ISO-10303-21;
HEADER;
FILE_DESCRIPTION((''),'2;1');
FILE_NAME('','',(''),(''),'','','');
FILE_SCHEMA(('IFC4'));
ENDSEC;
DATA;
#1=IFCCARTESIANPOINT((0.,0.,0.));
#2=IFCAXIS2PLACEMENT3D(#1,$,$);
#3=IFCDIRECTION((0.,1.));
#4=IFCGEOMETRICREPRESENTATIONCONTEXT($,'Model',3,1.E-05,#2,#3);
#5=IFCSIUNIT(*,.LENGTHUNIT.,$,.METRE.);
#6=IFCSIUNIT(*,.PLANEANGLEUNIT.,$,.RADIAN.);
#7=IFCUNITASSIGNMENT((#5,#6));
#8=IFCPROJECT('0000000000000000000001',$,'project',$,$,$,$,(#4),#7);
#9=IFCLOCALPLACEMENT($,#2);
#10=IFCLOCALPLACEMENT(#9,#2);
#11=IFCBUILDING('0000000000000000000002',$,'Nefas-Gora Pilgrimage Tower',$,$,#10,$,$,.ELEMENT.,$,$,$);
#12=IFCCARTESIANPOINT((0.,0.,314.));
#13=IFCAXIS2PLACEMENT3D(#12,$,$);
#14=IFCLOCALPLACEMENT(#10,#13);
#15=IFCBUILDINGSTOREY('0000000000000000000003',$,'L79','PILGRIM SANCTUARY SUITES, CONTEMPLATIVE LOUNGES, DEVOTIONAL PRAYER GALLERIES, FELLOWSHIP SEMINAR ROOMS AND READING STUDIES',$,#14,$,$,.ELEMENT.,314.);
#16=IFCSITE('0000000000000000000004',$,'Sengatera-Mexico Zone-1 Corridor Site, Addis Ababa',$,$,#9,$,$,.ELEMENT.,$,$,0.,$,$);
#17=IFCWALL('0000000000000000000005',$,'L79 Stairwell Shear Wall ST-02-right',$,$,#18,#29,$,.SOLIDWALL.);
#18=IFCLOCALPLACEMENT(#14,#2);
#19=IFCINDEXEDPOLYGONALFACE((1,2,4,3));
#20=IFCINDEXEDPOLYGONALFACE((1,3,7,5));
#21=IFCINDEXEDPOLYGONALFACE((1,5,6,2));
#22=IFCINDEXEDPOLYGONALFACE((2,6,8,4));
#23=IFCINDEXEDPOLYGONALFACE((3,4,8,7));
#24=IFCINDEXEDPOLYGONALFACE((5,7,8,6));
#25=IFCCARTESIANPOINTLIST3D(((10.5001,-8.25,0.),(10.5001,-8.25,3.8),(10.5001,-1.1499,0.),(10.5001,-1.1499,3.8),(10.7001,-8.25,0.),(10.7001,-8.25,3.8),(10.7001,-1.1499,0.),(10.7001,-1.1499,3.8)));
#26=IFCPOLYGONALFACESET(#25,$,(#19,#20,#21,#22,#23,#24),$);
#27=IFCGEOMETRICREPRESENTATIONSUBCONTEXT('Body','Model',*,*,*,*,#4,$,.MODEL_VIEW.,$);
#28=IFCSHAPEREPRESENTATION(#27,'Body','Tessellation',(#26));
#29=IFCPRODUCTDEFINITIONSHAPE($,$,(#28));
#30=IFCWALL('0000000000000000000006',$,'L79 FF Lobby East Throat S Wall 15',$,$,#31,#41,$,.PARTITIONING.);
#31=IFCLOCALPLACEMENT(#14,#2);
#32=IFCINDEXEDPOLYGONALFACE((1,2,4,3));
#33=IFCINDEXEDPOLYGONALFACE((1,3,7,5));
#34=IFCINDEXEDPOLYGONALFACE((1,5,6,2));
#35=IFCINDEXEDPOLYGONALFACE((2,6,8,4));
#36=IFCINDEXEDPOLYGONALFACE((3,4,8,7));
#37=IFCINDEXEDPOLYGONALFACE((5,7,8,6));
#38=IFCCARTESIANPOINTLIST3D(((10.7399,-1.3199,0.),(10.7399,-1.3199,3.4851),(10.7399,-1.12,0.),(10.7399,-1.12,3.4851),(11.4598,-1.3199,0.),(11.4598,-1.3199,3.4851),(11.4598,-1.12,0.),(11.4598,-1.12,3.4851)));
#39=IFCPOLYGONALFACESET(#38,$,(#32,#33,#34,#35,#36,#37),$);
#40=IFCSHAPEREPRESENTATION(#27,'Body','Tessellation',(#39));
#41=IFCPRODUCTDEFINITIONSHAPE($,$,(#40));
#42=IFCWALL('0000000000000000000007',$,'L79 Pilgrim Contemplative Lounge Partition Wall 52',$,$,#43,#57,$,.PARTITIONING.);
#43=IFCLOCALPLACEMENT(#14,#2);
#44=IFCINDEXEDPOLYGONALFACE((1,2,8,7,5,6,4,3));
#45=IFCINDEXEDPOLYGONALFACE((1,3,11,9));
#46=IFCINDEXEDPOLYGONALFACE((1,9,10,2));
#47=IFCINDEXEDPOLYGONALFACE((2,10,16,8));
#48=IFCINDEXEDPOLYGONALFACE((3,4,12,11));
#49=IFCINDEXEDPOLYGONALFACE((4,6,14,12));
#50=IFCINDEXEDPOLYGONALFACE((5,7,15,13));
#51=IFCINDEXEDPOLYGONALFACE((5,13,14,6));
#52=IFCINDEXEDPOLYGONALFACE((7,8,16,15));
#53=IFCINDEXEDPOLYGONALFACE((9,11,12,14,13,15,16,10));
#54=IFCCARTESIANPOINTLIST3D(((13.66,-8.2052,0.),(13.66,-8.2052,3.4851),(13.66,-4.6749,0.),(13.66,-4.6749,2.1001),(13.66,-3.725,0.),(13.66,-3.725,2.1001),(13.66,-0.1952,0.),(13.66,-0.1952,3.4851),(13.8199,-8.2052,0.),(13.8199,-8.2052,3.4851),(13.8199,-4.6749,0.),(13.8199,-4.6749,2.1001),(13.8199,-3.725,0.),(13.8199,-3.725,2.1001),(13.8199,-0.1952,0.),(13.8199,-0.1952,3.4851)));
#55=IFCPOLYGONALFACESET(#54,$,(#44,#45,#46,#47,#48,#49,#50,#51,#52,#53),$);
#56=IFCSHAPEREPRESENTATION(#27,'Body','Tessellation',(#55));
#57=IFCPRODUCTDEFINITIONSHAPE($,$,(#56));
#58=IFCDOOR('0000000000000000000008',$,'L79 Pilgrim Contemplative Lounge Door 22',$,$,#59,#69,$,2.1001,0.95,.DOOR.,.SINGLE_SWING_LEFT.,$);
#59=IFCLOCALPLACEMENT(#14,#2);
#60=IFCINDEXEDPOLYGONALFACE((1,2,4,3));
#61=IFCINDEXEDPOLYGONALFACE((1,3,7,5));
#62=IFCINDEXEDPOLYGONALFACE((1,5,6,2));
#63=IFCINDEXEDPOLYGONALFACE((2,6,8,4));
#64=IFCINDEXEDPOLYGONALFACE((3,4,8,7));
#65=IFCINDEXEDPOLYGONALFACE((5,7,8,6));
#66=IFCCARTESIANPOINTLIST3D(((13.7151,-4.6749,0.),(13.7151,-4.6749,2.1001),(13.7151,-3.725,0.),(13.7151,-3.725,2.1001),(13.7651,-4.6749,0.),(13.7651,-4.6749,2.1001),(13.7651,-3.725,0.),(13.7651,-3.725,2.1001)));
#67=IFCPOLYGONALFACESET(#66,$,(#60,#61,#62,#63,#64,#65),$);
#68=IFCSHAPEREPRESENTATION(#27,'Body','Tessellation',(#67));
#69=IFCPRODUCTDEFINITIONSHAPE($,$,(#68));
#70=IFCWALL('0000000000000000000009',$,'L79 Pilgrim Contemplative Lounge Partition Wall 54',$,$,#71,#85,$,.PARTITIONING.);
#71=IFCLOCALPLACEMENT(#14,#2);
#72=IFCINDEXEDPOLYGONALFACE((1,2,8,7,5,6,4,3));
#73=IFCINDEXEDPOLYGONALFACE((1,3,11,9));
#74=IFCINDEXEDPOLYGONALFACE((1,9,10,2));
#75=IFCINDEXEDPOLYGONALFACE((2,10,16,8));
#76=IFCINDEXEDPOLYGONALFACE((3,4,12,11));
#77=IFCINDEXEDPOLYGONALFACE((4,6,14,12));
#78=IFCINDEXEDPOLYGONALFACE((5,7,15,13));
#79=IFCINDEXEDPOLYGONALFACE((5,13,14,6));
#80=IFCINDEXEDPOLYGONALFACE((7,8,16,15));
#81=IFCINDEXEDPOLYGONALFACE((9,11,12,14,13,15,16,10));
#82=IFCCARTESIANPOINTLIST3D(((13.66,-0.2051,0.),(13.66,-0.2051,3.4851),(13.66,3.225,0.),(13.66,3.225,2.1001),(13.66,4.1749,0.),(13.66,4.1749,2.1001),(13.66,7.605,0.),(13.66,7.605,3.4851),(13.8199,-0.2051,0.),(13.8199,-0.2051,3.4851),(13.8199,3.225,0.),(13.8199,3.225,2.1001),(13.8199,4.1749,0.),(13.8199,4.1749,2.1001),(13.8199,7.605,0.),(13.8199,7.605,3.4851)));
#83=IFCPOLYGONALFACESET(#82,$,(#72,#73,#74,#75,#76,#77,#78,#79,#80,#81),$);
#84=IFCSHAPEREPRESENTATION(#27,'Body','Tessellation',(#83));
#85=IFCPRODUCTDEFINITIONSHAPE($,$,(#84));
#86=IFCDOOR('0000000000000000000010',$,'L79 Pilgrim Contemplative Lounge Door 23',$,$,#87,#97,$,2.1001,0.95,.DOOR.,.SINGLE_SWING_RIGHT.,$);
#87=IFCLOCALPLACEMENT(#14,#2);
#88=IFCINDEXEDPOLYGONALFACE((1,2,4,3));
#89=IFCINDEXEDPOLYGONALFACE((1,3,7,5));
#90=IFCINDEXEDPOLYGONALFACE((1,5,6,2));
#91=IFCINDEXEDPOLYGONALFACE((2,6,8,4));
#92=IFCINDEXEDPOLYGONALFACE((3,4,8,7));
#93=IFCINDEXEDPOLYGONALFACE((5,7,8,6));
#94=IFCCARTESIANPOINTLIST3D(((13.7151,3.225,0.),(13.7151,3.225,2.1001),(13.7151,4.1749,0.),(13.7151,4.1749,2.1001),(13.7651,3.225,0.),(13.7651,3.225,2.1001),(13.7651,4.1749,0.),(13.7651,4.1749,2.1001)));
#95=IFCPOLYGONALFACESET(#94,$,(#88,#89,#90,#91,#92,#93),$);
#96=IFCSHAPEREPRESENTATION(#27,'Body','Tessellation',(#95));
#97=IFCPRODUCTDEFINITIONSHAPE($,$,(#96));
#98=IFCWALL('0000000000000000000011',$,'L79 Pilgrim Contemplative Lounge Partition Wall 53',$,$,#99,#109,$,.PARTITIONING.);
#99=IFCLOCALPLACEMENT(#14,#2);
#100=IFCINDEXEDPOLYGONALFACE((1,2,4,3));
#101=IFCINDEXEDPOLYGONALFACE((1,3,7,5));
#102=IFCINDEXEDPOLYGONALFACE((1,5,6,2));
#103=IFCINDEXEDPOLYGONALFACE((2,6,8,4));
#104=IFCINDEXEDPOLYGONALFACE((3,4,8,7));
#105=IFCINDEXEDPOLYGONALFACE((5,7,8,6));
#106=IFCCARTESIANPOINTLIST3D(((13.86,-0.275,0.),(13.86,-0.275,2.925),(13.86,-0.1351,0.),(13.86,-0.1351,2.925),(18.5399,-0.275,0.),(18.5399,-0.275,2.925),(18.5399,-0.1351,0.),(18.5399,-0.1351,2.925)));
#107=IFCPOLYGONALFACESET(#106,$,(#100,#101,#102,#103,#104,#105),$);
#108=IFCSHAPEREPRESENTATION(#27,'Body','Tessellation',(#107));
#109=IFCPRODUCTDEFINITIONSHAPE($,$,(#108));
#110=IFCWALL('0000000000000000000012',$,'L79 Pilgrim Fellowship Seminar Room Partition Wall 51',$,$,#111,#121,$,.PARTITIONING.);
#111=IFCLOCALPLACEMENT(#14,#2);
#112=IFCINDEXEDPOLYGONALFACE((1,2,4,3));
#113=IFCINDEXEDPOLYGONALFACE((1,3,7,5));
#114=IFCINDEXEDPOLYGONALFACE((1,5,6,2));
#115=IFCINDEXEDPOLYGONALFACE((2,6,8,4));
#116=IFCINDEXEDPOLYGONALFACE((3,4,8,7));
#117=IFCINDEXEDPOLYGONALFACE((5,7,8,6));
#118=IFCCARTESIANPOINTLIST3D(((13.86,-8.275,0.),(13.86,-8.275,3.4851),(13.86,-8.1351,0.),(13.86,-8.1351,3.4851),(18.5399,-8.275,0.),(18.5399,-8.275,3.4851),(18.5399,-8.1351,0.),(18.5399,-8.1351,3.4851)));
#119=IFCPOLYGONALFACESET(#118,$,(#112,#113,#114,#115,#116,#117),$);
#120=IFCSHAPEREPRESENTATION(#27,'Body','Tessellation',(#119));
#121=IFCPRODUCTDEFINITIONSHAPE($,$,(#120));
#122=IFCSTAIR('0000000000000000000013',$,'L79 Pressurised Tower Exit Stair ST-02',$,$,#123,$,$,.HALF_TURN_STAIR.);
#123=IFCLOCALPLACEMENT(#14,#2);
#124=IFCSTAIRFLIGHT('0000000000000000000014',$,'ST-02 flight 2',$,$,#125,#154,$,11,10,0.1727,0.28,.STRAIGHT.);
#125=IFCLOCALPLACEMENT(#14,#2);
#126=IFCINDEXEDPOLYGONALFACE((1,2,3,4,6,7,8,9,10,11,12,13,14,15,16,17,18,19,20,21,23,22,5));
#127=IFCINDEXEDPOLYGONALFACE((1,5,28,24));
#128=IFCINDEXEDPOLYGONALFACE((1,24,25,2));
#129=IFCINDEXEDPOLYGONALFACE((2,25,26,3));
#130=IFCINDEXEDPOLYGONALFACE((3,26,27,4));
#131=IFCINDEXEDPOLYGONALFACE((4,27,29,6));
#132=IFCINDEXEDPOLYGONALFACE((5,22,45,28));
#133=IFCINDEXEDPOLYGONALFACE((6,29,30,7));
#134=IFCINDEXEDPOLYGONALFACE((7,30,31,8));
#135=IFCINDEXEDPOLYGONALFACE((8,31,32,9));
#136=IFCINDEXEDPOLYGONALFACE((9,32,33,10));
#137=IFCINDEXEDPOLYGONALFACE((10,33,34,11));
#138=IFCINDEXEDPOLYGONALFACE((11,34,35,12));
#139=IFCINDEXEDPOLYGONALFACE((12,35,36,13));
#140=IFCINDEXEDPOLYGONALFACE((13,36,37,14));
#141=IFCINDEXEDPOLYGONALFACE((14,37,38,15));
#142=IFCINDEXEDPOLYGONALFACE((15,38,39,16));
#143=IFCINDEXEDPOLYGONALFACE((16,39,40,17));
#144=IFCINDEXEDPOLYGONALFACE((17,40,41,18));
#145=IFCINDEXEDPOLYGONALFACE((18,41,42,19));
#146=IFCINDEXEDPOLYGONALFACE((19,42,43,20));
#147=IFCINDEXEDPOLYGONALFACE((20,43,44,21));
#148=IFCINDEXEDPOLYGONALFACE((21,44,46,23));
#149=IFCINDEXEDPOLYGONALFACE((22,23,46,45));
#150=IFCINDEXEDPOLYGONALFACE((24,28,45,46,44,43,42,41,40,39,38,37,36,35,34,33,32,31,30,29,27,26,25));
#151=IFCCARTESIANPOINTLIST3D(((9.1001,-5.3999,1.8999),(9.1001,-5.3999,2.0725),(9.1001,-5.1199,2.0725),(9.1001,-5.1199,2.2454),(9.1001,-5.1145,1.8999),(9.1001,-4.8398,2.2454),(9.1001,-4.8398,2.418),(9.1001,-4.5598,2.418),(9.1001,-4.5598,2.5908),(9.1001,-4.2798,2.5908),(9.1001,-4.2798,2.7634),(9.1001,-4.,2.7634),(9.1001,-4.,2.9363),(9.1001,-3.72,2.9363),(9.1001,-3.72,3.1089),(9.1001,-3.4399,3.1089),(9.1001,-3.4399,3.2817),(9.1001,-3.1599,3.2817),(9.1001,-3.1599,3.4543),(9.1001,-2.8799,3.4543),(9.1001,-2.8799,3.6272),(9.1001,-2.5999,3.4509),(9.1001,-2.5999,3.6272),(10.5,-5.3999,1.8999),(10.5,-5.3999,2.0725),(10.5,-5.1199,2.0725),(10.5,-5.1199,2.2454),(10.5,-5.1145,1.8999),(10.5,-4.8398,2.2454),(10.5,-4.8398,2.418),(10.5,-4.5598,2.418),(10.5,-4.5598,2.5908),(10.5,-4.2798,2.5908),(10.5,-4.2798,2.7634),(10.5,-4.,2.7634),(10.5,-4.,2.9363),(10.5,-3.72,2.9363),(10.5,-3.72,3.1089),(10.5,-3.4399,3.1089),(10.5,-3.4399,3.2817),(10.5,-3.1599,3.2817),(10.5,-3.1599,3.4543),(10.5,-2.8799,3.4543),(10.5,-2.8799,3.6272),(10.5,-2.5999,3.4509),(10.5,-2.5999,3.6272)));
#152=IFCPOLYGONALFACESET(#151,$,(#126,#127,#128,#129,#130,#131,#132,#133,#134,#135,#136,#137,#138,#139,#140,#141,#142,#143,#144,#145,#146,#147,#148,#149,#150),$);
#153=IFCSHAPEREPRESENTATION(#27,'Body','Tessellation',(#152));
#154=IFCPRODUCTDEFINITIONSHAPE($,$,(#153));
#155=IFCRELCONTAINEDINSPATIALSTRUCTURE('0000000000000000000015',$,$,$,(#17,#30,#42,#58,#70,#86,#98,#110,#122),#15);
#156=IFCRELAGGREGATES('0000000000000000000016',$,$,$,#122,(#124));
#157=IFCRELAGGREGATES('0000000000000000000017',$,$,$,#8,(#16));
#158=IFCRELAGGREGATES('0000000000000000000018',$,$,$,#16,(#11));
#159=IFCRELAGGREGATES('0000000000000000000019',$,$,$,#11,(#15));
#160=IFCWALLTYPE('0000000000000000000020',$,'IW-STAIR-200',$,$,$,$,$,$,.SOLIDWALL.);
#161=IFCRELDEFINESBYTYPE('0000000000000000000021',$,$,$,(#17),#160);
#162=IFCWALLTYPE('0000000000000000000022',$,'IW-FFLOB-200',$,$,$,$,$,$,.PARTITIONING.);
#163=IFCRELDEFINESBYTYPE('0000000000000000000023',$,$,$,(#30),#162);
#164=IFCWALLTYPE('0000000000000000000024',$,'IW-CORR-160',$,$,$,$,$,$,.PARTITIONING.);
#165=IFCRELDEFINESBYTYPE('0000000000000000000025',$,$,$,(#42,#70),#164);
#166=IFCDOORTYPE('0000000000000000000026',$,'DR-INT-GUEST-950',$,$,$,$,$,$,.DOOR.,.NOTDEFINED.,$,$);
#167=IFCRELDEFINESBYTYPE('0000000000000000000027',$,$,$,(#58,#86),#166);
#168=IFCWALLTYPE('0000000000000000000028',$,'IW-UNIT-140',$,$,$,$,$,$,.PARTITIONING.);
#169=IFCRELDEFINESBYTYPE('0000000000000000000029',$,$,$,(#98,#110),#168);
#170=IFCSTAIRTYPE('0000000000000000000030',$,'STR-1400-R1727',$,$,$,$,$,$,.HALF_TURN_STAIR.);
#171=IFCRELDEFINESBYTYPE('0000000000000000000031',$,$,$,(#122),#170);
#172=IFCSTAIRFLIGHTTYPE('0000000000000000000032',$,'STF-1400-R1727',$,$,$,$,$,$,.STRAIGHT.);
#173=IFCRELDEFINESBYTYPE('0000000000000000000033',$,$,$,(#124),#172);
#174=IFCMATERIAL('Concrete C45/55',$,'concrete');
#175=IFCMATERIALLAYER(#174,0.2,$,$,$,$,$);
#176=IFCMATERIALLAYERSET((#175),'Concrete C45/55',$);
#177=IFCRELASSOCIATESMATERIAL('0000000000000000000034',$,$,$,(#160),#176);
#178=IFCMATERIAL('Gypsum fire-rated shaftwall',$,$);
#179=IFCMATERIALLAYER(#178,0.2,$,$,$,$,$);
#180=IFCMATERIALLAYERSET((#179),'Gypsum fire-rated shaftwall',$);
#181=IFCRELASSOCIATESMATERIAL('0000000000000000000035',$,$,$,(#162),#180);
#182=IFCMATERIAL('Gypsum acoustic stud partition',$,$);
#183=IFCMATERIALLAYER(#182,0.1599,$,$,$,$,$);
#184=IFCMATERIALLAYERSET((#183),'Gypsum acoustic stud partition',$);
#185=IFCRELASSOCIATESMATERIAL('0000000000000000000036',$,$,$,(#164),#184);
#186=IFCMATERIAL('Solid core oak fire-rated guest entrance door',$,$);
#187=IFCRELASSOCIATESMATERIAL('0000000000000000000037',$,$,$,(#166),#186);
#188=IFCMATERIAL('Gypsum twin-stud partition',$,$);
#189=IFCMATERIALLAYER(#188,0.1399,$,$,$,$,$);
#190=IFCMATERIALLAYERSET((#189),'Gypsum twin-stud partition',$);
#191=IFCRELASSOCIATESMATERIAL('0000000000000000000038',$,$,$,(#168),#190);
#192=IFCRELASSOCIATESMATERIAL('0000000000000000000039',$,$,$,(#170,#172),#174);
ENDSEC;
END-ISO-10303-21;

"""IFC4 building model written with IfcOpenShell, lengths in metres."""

from ifc_helpers import new_model, si_unit, direction, frame, frame_2d, origin, place, context, subcontext, project, spatial, polyline, rectangle, outline, extrude, source, transform, mapped, material, layer, layer_set, type_object, element, fill, aggregate, save


model = new_model("IFC4")

# Units and contexts
model_context = context("Model", 3, precision=1e-05, world=origin(), true_north=direction((0.0, 1.0)))
body_context = subcontext(model_context, "Body", "Model", "MODEL_VIEW")
ifc_project = project(units=[si_unit("LENGTHUNIT", "METRE"), si_unit("PLANEANGLEUNIT", "RADIAN")], contexts=[model_context])

# Site, building, storey
site_placement = place(None, origin())
site = spatial("IfcSite", under=ifc_project, at=site_placement, Name="Sengatera-Mexico Zone-1 Corridor Site, Addis Ababa", CompositionType="ELEMENT", RefElevation=0.0)
building_placement = place(site_placement, origin())
building = spatial("IfcBuilding", under=site, at=building_placement, Name="Nefas-Gora Pilgrimage Tower", CompositionType="ELEMENT")
storey_placement = place(building_placement, frame((0.0, 0.0, 314.0)))
storey = spatial("IfcBuildingStorey", under=building, at=storey_placement, Name="L79", Description="PILGRIM SANCTUARY SUITES, CONTEMPLATIVE LOUNGES, DEVOTIONAL PRAYER GALLERIES, FELLOWSHIP SEMINAR ROOMS AND READING STUDIES", CompositionType="ELEMENT", Elevation=314.0)

# Walls
ifc_material_1 = material(Name="Concrete C45/55", Category="concrete")
ifc_layer_1 = layer(ifc_material_1, 0.2)
ifc_layer_set_1 = layer_set([ifc_layer_1], Name="Concrete C45/55")
wall_type_1 = type_object("IfcWallType", Name="IW-STAIR-200", PredefinedType="SOLIDWALL", material=ifc_layer_set_1)
shared_shape_1 = source(origin(), body_context, "Body", "SweptSolid", [
    extrude(rectangle(XDim=7.1001, YDim=0.2, at=frame_2d((3.55, 0.0))), origin(), (0.0, 0.0, 1.0), 3.8),
])
wall_1_placement = place(storey_placement, frame((10.6001, -1.1499, 0.0), z_axis=(0.0, 0.0, 1.0), x_axis=(0.0, -1.0, 0.0)))
element("IfcWall", 1, at=wall_1_placement, inside=storey, type_object=wall_type_1, Name="L79 Stairwell Shear Wall ST-02-right", PredefinedType="SOLIDWALL", context=body_context, shape_type="MappedRepresentation", body=[
    mapped(shared_shape_1, transform((0.0, 0.0, 0.0), x_axis=(1.0, 0.0, 0.0), y_axis=(0.0, 1.0, 0.0), z_axis=(0.0, 0.0, 1.0), scale=1.0)),
])
ifc_material_2 = material(Name="Gypsum fire-rated shaftwall")
ifc_layer_2 = layer(ifc_material_2, 0.2)
ifc_layer_set_2 = layer_set([ifc_layer_2], Name="Gypsum fire-rated shaftwall")
wall_type_2 = type_object("IfcWallType", Name="IW-FFLOB-200", PredefinedType="PARTITIONING", material=ifc_layer_set_2)
shared_shape_2 = source(origin(), body_context, "Body", "SweptSolid", [
    extrude(rectangle(XDim=0.72, YDim=0.2, at=frame_2d((0.3599, 0.0))), origin(), (0.0, 0.0, 1.0), 3.4851),
])
wall_2_placement = place(storey_placement, frame((10.74, -1.22, 0.0), z_axis=(0.0, 0.0, 1.0), x_axis=(1.0, 0.0, 0.0)))
element("IfcWall", 2, at=wall_2_placement, inside=storey, type_object=wall_type_2, Name="L79 FF Lobby East Throat S Wall 15", PredefinedType="PARTITIONING", context=body_context, shape_type="MappedRepresentation", body=[
    mapped(shared_shape_2, transform((0.0, 0.0, 0.0), x_axis=(1.0, 0.0, 0.0), y_axis=(0.0, 1.0, 0.0), z_axis=(0.0, 0.0, 1.0), scale=1.0)),
])

# Walls, openings, doors
ifc_material_3 = material(Name="Gypsum acoustic stud partition")
ifc_layer_3 = layer(ifc_material_3, 0.1599)
ifc_layer_set_3 = layer_set([ifc_layer_3], Name="Gypsum acoustic stud partition")
wall_type_3 = type_object("IfcWallType", Name="IW-CORR-160", PredefinedType="PARTITIONING", material=ifc_layer_set_3)
shared_shape_3 = source(origin(), body_context, "Body", "SweptSolid", [
    extrude(rectangle(XDim=8.01, YDim=0.1599, at=frame_2d((4.0049, 0.0))), origin(), (0.0, 0.0, 1.0), 3.4851),
])
wall_3_placement = place(storey_placement, frame((13.74, -8.2051, 0.0), z_axis=(0.0, 0.0, 1.0), x_axis=(0.0, 1.0, 0.0)))
wall_3 = element("IfcWall", 3, at=wall_3_placement, inside=storey, type_object=wall_type_3, Name="L79 Pilgrim Contemplative Lounge Partition Wall 52", PredefinedType="PARTITIONING", context=body_context, shape_type="MappedRepresentation", body=[
    mapped(shared_shape_3, transform((0.0, 0.0, 0.0), x_axis=(1.0, 0.0, 0.0), y_axis=(0.0, 1.0, 0.0), z_axis=(0.0, 0.0, 1.0), scale=1.0)),
])
opening_1_placement = place(wall_3_placement, frame((3.53, 0.0, 0.0)))
opening_1 = element("IfcOpeningElement", 4, at=opening_1_placement, cuts=wall_3, PredefinedType="OPENING", context=body_context, shape_type="SweptSolid", body=[
    extrude(rectangle(XDim=0.95, YDim=2.1001, at=frame_2d((0.4751, 1.05))), frame((0.0, 0.0898, 0.0), z_axis=(0.0, -1.0, 0.0), x_axis=(1.0, 0.0, 0.0)), (0.0, 0.0, 1.0), 0.1799),
])
ifc_material_4 = material(Name="Solid core oak fire-rated guest entrance door")
door_type_1 = type_object("IfcDoorType", Name="DR-INT-GUEST-950", OperationType="NOTDEFINED", PredefinedType="DOOR", material=ifc_material_4)
shared_shape_4 = source(origin(), body_context, "Body", "SweptSolid", [
    extrude(rectangle(XDim=0.95, YDim=2.1001, at=frame_2d((0.4751, 1.05))), frame((0.0, 0.0249, 0.0), z_axis=(0.0, -1.0, 0.0), x_axis=(1.0, 0.0, 0.0)), (0.0, 0.0, 1.0), 0.05),
])
door_1_placement = place(opening_1_placement, origin())
door_1 = element("IfcDoor", 5, at=door_1_placement, inside=storey, type_object=door_type_1, Name="L79 Pilgrim Contemplative Lounge Door 22", OperationType="SINGLE_SWING_LEFT", OverallHeight=2.1001, OverallWidth=0.95, PredefinedType="DOOR", context=body_context, shape_type="MappedRepresentation", body=[
    mapped(shared_shape_4, transform((0.0, 0.0, 0.0), x_axis=(1.0, 0.0, 0.0), y_axis=(0.0, 1.0, 0.0), z_axis=(0.0, 0.0, 1.0), scale=1.0)),
])
fill(opening_1, door_1)
shared_shape_5 = source(origin(), body_context, "Body", "SweptSolid", [
    extrude(rectangle(XDim=7.8101, YDim=0.1599, at=frame_2d((3.905, 0.0))), origin(), (0.0, 0.0, 1.0), 3.4851),
])
wall_4_placement = place(storey_placement, frame((13.74, -0.2051, 0.0), z_axis=(0.0, 0.0, 1.0), x_axis=(0.0, 1.0, 0.0)))
wall_4 = element("IfcWall", 6, at=wall_4_placement, inside=storey, type_object=wall_type_3, Name="L79 Pilgrim Contemplative Lounge Partition Wall 54", PredefinedType="PARTITIONING", context=body_context, shape_type="MappedRepresentation", body=[
    mapped(shared_shape_5, transform((0.0, 0.0, 0.0), x_axis=(1.0, 0.0, 0.0), y_axis=(0.0, 1.0, 0.0), z_axis=(0.0, 0.0, 1.0), scale=1.0)),
])
opening_2_placement = place(wall_4_placement, frame((3.4299, 0.0, 0.0)))
opening_2 = element("IfcOpeningElement", 7, at=opening_2_placement, cuts=wall_4, PredefinedType="OPENING", context=body_context, shape_type="SweptSolid", body=[
    extrude(rectangle(XDim=0.95, YDim=2.1001, at=frame_2d((0.4751, 1.05))), frame((0.0, 0.0898, 0.0), z_axis=(0.0, -1.0, 0.0), x_axis=(1.0, 0.0, 0.0)), (0.0, 0.0, 1.0), 0.1799),
])
door_2_placement = place(opening_2_placement, origin())
door_2 = element("IfcDoor", 8, at=door_2_placement, inside=storey, type_object=door_type_1, Name="L79 Pilgrim Contemplative Lounge Door 23", OperationType="SINGLE_SWING_RIGHT", OverallHeight=2.1001, OverallWidth=0.95, PredefinedType="DOOR", context=body_context, shape_type="MappedRepresentation", body=[
    mapped(shared_shape_4, transform((0.0, 0.0, 0.0), x_axis=(1.0, 0.0, 0.0), y_axis=(0.0, 1.0, 0.0), z_axis=(0.0, 0.0, 1.0), scale=1.0)),
])
fill(opening_2, door_2)

# Walls
ifc_material_5 = material(Name="Gypsum twin-stud partition")
ifc_layer_4 = layer(ifc_material_5, 0.1399)
ifc_layer_set_4 = layer_set([ifc_layer_4], Name="Gypsum twin-stud partition")
wall_type_4 = type_object("IfcWallType", Name="IW-UNIT-140", PredefinedType="PARTITIONING", material=ifc_layer_set_4)
shared_shape_6 = source(origin(), body_context, "Body", "SweptSolid", [
    extrude(rectangle(XDim=4.6799, YDim=0.1399, at=frame_2d((2.3398, 0.0))), origin(), (0.0, 0.0, 1.0), 2.925),
])
wall_5_placement = place(storey_placement, frame((13.8601, -0.2051, 0.0), z_axis=(0.0, 0.0, 1.0), x_axis=(1.0, 0.0, 0.0)))
element("IfcWall", 9, at=wall_5_placement, inside=storey, type_object=wall_type_4, Name="L79 Pilgrim Contemplative Lounge Partition Wall 53", PredefinedType="PARTITIONING", context=body_context, shape_type="MappedRepresentation", body=[
    mapped(shared_shape_6, transform((0.0, 0.0, 0.0), x_axis=(1.0, 0.0, 0.0), y_axis=(0.0, 1.0, 0.0), z_axis=(0.0, 0.0, 1.0), scale=1.0)),
])
shared_shape_7 = source(origin(), body_context, "Body", "SweptSolid", [
    extrude(rectangle(XDim=4.6799, YDim=0.1399, at=frame_2d((2.3398, 0.0))), origin(), (0.0, 0.0, 1.0), 3.4851),
])
wall_6_placement = place(storey_placement, frame((13.8601, -8.2051, 0.0), z_axis=(0.0, 0.0, 1.0), x_axis=(1.0, 0.0, 0.0)))
element("IfcWall", 10, at=wall_6_placement, inside=storey, type_object=wall_type_4, Name="L79 Pilgrim Fellowship Seminar Room Partition Wall 51", PredefinedType="PARTITIONING", context=body_context, shape_type="MappedRepresentation", body=[
    mapped(shared_shape_7, transform((0.0, 0.0, 0.0), x_axis=(1.0, 0.0, 0.0), y_axis=(0.0, 1.0, 0.0), z_axis=(0.0, 0.0, 1.0), scale=1.0)),
])

# Stair, stair flight
stair_type = type_object("IfcStairType", Name="STR-1400-R1727", PredefinedType="HALF_TURN_STAIR", material=ifc_material_1)
stair_placement = place(storey_placement, origin())
stair = element("IfcStair", 11, at=stair_placement, inside=storey, type_object=stair_type, Name="L79 Pressurised Tower Exit Stair ST-02", PredefinedType="HALF_TURN_STAIR")
stair_flight_type = type_object("IfcStairFlightType", Name="STF-1400-R1727", PredefinedType="STRAIGHT", material=ifc_material_1)
shared_shape_8 = source(origin(), body_context, "Body", "SweptSolid", [
    extrude(outline(polyline([(0.0, 0.0), (0.0, 0.1726), (0.28, 0.1726), (0.28, 0.3455), (0.5601, 0.3455), (0.5601, 0.5181), (0.8401, 0.5181), (0.8401, 0.6909), (1.1201, 0.6909), (1.1201, 0.8635), (1.3999, 0.8635), (1.3999, 1.0364), (1.6799, 1.0364), (1.6799, 1.209), (1.96, 1.209), (1.96, 1.3818), (2.24, 1.3818), (2.24, 1.5544), (2.52, 1.5544), (2.52, 1.7273), (2.8, 1.7273), (2.8, 1.8999), (2.8, 1.551), (0.2854, 0.0), (0.0, 0.0)])), frame((0.0, 0.7, 0.0), z_axis=(0.0, -1.0, 0.0), x_axis=(1.0, 0.0, 0.0)), (0.0, 0.0, 1.0), 1.3999),
])
stair_flight_placement = place(storey_placement, frame((9.8, -5.3999, 1.8999), z_axis=(0.0, 0.0, 1.0), x_axis=(0.0, 1.0, 0.0)))
stair_flight = element("IfcStairFlight", 12, at=stair_flight_placement, type_object=stair_flight_type, Name="ST-02 flight 2", NumberOfRisers=11, NumberOfTreads=10, PredefinedType="STRAIGHT", RiserHeight=0.1727, TreadLength=0.28, context=body_context, shape_type="MappedRepresentation", body=[
    mapped(shared_shape_8, transform((0.0, 0.0, 0.0), x_axis=(1.0, 0.0, 0.0), y_axis=(0.0, 1.0, 0.0), z_axis=(0.0, 0.0, 1.0), scale=1.0)),
])
aggregate(stair, [stair_flight])

save(model, "model.ifc")
